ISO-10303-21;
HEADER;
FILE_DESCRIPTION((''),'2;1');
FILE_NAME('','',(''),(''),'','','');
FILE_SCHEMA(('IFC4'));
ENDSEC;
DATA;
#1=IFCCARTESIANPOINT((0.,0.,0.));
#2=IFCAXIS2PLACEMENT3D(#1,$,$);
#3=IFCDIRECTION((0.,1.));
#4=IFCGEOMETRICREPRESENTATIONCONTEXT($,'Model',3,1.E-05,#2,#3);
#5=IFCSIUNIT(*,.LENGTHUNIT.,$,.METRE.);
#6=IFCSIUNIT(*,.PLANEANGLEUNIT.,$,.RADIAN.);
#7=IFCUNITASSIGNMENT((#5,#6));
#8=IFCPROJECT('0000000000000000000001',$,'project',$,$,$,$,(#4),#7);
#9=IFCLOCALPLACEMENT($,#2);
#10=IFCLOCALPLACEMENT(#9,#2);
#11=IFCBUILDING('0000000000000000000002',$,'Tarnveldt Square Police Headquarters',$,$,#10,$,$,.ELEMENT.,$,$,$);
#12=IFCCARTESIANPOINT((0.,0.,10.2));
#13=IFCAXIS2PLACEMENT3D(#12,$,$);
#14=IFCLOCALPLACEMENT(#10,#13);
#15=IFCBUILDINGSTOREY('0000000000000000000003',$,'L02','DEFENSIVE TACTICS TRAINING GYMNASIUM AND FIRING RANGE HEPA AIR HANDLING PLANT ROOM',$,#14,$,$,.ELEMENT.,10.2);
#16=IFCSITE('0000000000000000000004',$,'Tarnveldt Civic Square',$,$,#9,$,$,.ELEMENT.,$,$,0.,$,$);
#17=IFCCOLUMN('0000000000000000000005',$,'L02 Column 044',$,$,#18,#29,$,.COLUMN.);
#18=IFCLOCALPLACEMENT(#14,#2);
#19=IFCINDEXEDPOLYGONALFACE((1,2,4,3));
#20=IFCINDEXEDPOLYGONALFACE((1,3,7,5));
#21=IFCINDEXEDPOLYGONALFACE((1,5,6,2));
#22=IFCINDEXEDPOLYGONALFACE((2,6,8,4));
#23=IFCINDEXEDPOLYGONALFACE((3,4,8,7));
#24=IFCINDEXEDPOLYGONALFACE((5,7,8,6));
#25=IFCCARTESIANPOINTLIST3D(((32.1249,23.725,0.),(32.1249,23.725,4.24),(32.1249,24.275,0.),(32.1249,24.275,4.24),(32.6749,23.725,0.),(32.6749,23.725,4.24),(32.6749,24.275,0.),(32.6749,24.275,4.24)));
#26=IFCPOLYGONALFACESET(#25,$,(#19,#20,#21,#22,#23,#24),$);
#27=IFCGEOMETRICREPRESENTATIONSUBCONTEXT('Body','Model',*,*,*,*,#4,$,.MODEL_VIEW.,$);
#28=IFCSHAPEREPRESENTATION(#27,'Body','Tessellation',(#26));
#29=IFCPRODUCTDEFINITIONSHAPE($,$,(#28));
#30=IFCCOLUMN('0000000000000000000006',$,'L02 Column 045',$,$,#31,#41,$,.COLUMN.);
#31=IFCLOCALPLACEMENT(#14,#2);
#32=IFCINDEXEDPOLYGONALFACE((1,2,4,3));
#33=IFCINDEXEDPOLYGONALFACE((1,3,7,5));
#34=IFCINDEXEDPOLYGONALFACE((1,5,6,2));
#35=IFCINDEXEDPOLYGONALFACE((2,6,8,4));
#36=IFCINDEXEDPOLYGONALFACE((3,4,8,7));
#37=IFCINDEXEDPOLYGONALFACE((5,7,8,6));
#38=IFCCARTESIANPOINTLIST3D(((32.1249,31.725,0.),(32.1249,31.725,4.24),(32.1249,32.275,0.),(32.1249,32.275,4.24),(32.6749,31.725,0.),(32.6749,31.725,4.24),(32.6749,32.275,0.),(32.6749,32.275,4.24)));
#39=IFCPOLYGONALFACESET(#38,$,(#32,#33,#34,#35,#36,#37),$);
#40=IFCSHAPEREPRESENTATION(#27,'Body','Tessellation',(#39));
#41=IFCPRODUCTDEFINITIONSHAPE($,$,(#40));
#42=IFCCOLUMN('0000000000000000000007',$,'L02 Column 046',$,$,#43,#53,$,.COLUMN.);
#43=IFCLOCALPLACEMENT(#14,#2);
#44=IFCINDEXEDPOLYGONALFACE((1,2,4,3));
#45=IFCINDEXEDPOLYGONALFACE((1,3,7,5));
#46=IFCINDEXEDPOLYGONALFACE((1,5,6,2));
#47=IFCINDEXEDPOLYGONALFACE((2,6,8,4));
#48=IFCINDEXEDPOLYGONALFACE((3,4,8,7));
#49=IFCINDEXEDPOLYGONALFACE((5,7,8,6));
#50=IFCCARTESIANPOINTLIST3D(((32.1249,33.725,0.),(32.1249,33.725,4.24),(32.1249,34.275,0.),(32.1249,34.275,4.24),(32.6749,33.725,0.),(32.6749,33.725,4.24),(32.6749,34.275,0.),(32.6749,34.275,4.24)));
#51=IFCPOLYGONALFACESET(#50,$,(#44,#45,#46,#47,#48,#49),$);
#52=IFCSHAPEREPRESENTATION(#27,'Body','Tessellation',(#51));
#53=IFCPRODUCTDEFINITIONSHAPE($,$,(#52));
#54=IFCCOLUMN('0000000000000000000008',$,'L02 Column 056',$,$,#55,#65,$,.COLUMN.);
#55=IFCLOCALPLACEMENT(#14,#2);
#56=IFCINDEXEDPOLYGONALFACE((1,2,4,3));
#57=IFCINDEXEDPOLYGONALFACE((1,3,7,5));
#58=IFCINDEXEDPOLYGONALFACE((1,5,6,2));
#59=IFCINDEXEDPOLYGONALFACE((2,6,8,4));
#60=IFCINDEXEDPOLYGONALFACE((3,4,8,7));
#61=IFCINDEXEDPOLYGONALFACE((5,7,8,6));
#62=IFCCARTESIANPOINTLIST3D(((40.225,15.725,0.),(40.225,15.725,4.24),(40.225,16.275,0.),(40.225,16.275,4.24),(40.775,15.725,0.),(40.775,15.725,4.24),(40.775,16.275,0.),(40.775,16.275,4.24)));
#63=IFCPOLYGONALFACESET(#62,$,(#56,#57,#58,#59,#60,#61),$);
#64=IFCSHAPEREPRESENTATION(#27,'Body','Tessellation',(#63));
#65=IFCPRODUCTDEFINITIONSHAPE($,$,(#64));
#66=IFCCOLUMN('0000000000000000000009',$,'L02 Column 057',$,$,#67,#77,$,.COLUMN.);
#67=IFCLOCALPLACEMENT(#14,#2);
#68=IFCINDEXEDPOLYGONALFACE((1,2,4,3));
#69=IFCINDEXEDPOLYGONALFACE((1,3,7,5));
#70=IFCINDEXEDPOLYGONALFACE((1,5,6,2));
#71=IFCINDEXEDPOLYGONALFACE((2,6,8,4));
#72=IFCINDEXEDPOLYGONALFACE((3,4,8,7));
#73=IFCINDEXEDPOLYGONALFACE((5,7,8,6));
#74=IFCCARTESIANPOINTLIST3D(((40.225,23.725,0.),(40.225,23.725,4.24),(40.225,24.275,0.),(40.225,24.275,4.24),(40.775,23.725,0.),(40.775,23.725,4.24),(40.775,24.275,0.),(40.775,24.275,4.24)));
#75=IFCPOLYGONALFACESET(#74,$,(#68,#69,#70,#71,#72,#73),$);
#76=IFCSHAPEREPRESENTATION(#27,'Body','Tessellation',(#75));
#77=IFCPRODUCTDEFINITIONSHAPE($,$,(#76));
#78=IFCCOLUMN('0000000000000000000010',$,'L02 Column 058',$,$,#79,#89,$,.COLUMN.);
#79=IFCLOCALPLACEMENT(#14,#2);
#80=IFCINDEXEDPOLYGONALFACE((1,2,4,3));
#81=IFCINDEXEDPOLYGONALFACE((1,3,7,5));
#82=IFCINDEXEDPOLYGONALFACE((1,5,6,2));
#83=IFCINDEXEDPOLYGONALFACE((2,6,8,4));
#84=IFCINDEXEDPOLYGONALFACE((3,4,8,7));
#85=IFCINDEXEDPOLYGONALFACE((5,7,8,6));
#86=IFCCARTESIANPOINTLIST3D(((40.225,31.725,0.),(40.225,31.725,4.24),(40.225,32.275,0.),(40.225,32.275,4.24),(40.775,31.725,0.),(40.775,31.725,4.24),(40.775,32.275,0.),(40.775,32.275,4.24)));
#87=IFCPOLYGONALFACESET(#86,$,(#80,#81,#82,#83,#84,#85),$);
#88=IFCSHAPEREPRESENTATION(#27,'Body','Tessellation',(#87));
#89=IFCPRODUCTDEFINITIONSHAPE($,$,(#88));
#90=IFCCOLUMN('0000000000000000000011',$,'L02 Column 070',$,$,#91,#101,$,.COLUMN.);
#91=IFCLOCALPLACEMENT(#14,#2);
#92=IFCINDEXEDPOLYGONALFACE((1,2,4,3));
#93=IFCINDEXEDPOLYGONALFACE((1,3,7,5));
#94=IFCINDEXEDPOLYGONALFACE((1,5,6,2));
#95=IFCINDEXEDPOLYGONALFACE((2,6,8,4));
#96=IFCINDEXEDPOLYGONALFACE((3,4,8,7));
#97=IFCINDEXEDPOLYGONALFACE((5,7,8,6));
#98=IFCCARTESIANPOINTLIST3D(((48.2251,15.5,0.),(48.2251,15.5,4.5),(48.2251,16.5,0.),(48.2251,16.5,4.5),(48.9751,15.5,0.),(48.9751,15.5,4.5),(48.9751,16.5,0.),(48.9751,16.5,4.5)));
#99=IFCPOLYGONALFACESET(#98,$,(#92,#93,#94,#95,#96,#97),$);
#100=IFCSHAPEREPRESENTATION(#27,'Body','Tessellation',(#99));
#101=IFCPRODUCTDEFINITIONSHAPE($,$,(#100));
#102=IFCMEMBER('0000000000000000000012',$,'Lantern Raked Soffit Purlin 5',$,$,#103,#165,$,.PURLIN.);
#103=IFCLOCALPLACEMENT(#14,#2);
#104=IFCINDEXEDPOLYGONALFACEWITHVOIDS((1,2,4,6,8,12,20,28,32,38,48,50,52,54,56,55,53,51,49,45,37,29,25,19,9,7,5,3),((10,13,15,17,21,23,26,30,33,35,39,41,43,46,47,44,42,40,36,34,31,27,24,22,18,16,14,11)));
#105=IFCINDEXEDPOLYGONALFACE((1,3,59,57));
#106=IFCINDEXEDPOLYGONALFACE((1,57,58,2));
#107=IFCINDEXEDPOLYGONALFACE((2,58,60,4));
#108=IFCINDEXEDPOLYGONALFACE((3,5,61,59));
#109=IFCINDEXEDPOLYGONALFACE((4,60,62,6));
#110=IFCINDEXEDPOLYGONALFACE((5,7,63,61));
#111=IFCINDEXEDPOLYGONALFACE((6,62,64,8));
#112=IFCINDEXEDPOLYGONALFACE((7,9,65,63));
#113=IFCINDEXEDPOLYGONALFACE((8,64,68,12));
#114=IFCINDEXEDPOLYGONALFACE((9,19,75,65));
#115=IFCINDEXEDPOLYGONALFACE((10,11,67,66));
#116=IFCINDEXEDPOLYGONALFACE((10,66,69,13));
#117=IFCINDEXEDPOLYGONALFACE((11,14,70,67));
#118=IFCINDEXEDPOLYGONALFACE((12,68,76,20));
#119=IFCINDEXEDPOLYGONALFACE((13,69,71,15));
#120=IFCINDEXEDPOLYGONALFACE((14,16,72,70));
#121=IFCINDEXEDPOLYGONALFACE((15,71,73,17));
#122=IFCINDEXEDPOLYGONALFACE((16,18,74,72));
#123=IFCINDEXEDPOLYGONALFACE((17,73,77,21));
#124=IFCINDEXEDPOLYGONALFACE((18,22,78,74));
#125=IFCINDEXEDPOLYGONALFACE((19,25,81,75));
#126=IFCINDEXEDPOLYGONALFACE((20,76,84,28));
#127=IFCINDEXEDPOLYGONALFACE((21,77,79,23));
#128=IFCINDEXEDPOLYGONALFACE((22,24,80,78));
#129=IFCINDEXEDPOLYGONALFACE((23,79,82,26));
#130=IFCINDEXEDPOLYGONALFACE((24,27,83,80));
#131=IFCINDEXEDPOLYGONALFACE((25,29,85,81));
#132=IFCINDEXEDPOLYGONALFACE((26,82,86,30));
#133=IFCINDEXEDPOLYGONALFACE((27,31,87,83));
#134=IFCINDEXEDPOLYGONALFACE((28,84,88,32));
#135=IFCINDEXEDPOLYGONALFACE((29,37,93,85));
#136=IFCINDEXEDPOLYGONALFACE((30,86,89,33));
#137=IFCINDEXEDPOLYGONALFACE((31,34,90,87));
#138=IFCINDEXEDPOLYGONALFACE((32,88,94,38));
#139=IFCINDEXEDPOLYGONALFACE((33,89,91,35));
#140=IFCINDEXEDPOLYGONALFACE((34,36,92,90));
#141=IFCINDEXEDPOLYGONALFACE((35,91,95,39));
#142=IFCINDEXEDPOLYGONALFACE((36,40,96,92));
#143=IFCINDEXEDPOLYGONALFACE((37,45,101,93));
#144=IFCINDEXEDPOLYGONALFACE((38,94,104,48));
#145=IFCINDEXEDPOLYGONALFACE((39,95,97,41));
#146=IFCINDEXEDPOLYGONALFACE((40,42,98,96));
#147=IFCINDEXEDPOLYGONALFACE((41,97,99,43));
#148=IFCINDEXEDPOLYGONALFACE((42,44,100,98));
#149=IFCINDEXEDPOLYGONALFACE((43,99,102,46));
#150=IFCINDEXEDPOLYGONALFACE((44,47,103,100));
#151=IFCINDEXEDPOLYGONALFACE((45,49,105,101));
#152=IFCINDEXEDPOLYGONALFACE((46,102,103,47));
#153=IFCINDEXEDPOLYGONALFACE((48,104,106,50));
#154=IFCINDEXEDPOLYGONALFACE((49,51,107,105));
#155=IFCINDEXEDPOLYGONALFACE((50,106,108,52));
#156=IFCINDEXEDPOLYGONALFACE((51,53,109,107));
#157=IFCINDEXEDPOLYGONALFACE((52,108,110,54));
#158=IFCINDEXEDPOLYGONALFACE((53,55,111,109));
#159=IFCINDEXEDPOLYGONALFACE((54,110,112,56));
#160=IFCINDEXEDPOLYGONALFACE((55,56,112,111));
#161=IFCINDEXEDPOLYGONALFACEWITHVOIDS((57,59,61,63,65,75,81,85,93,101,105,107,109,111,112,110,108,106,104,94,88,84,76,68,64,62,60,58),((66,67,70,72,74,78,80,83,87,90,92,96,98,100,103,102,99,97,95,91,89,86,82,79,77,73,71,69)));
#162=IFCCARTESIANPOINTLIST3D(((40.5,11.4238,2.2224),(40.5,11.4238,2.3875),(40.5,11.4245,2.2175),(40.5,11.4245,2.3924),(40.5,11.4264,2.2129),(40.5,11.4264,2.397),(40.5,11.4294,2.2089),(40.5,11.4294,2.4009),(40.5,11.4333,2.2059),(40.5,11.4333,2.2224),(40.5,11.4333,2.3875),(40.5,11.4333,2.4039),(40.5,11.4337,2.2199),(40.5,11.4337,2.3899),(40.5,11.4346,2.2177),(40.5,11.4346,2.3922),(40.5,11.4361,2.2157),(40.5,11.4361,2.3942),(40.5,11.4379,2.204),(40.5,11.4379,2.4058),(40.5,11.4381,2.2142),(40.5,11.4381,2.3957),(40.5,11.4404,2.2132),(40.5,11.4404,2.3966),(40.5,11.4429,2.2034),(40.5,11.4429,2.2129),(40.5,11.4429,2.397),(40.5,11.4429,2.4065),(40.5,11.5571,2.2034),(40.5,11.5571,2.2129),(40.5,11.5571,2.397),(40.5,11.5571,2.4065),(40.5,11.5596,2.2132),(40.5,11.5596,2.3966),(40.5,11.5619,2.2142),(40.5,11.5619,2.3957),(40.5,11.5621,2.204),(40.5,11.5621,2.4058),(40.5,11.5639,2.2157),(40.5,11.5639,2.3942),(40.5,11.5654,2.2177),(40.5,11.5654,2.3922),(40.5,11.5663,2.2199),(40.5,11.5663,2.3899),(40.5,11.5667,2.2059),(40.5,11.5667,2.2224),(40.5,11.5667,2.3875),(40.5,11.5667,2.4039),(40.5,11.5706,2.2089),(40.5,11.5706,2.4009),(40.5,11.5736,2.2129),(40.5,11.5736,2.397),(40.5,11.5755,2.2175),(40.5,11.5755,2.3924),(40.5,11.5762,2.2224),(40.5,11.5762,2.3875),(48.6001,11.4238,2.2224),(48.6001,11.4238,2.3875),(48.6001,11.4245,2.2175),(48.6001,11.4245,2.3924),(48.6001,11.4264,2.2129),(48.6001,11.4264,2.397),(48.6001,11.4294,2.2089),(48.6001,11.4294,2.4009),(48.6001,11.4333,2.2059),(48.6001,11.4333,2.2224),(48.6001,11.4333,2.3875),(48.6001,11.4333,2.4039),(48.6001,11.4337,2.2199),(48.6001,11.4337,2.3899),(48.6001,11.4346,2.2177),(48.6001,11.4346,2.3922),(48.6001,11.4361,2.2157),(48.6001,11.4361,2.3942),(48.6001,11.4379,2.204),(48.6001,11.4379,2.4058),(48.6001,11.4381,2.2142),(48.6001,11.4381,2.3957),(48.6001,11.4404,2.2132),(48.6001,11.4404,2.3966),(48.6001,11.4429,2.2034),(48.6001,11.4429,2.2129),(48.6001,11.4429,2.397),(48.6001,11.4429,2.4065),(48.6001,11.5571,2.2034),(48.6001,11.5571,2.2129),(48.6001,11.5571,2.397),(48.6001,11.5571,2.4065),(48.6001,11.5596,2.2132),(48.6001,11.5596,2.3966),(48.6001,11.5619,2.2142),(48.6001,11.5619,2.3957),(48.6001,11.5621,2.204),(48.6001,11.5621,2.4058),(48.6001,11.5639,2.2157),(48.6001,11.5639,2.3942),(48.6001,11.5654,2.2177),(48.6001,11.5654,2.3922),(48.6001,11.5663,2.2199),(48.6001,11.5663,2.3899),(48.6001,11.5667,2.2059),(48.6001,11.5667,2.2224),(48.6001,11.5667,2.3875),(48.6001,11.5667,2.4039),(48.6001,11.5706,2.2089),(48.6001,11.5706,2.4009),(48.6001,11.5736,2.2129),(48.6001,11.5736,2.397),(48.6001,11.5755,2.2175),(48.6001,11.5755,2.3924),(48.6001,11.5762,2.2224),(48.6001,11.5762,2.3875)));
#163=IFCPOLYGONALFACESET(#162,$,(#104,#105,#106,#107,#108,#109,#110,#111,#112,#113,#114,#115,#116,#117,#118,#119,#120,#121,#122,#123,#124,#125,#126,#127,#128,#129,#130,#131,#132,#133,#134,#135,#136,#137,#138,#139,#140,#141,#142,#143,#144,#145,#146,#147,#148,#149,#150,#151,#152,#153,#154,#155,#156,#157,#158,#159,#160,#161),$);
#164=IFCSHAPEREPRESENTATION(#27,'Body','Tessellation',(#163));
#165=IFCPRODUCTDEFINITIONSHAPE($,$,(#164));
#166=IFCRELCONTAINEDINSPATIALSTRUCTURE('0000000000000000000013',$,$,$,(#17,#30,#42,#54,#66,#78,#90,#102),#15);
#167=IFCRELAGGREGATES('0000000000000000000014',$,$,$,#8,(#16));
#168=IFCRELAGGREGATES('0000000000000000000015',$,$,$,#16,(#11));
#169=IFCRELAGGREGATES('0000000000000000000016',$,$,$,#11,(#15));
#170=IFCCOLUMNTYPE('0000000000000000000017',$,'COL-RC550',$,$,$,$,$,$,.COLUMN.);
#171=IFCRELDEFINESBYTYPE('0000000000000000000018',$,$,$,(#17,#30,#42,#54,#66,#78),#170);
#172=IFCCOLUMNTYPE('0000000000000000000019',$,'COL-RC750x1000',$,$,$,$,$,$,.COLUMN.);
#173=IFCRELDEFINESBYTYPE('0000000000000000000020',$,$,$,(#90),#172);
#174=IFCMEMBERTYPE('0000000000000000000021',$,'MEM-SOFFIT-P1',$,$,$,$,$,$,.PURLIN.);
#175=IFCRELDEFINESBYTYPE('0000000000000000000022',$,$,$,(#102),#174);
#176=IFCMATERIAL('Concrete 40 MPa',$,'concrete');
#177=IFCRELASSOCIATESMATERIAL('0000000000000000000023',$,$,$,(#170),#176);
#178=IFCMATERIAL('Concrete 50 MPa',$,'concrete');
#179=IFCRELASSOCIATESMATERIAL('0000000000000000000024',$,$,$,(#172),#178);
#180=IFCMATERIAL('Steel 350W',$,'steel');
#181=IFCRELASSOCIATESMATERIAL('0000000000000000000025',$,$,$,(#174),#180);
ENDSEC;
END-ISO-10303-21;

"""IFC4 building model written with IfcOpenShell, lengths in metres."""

from ifc_helpers import new_model, si_unit, direction, frame, origin, origin_2d, place, context, subcontext, project, spatial, rectangle, hollow_rectangle, extrude, material, material_profile, profile_set, type_object, element, save


model = new_model("IFC4")

# Units and contexts
model_context = context("Model", 3, precision=1e-05, world=origin(), true_north=direction((0.0, 1.0)))
body_context = subcontext(model_context, "Body", "Model", "MODEL_VIEW")
ifc_project = project(units=[si_unit("LENGTHUNIT", "METRE"), si_unit("PLANEANGLEUNIT", "RADIAN")], contexts=[model_context])

# Site, building, storey
site_placement = place(None, origin())
site = spatial("IfcSite", under=ifc_project, at=site_placement, Name="Tarnveldt Civic Square", CompositionType="ELEMENT", RefElevation=0.0)
building_placement = place(site_placement, origin())
building = spatial("IfcBuilding", under=site, at=building_placement, Name="Tarnveldt Square Police Headquarters", CompositionType="ELEMENT")
storey_placement = place(building_placement, frame((0.0, 0.0, 10.2)))
storey = spatial("IfcBuildingStorey", under=building, at=storey_placement, Name="L02", Description="DEFENSIVE TACTICS TRAINING GYMNASIUM AND FIRING RANGE HEPA AIR HANDLING PLANT ROOM", CompositionType="ELEMENT", Elevation=10.2)

# Columns
ifc_material_1 = material(Name="Concrete 40 MPa", Category="concrete")
ifc_material_profile_1 = material_profile(ifc_material_1, rectangle(XDim=0.55, YDim=0.55, at=origin_2d()), Name="RC-C550x550")
ifc_profile_set_1 = profile_set([ifc_material_profile_1], Name="Concrete 40 MPa")
column_type_1 = type_object("IfcColumnType", Name="COL-RC550", PredefinedType="COLUMN", material=ifc_profile_set_1)
for number, where, z_axis, x_axis, name in (
    (1, (32.3999, 24.0, 0.0), (0.0, 0.0, 1.0), (1.0, 0.0, 0.0), "L02 Column 044"),
    (2, (32.3999, 32.0, 0.0), (0.0, 0.0, 1.0), (1.0, 0.0, 0.0), "L02 Column 045"),
    (3, (32.3999, 34.0, 0.0), (0.0, 0.0, 1.0), (1.0, 0.0, 0.0), "L02 Column 046"),
    (4, (40.5, 16.0, 0.0), (0.0, 0.0, 1.0), (1.0, 0.0, 0.0), "L02 Column 056"),
    (5, (40.5, 24.0, 0.0), (0.0, 0.0, 1.0), (1.0, 0.0, 0.0), "L02 Column 057"),
    (6, (40.5, 32.0, 0.0), (0.0, 0.0, 1.0), (1.0, 0.0, 0.0), "L02 Column 058"),
):
    element("IfcColumn", number, at=place(storey_placement, frame(where, z_axis=z_axis, x_axis=x_axis)), inside=storey, type_object=column_type_1, Name=name, PredefinedType="COLUMN", context=body_context, shape_type="SweptSolid", body=[
        extrude(rectangle(XDim=0.55, YDim=0.55, at=origin_2d()), origin(), (0.0, 0.0, 1.0), 4.24),
    ])
ifc_material_2 = material(Name="Concrete 50 MPa", Category="concrete")
ifc_material_profile_2 = material_profile(ifc_material_2, rectangle(XDim=0.75, YDim=1.0, at=origin_2d()), Name="RC-C750x1000")
ifc_profile_set_2 = profile_set([ifc_material_profile_2], Name="Concrete 50 MPa")
column_type_2 = type_object("IfcColumnType", Name="COL-RC750x1000", PredefinedType="COLUMN", material=ifc_profile_set_2)
column_placement = place(storey_placement, frame((48.6001, 16.0, 0.0), z_axis=(0.0, 0.0, 1.0), x_axis=(1.0, 0.0, 0.0)))
element("IfcColumn", 7, at=column_placement, inside=storey, type_object=column_type_2, Name="L02 Column 070", PredefinedType="COLUMN", context=body_context, shape_type="SweptSolid", body=[
    extrude(rectangle(XDim=0.75, YDim=1.0, at=origin_2d()), origin(), (0.0, 0.0, 1.0), 4.5),
])

# Member
ifc_material_3 = material(Name="Steel 350W", Category="steel")
ifc_material_profile_3 = material_profile(ifc_material_3, hollow_rectangle(XDim=0.1523, YDim=0.2031, WallThickness=0.0095, InnerFilletRadius=0.0095, OuterFilletRadius=0.019, at=origin_2d()), Name="HSS203x152x9.5")
ifc_profile_set_3 = profile_set([ifc_material_profile_3], Name="Steel 350W")
member_type_1 = type_object("IfcMemberType", Name="MEM-SOFFIT-P1", PredefinedType="PURLIN", material=ifc_profile_set_3)
member_1_placement = place(storey_placement, frame((40.5, 11.5, 2.3049), z_axis=(1.0, 0.0, 0.0), x_axis=(0.0, 1.0, 0.0)))
element("IfcMember", 8, at=member_1_placement, inside=storey, type_object=member_type_1, Name="Lantern Raked Soffit Purlin 5", PredefinedType="PURLIN", context=body_context, shape_type="SweptSolid", body=[
    extrude(hollow_rectangle(XDim=0.1523, YDim=0.2031, WallThickness=0.0095, InnerFilletRadius=0.0095, OuterFilletRadius=0.019, at=origin_2d()), origin(), (0.0, 0.0, 1.0), 8.1001),
])

save(model, "model.ifc")
